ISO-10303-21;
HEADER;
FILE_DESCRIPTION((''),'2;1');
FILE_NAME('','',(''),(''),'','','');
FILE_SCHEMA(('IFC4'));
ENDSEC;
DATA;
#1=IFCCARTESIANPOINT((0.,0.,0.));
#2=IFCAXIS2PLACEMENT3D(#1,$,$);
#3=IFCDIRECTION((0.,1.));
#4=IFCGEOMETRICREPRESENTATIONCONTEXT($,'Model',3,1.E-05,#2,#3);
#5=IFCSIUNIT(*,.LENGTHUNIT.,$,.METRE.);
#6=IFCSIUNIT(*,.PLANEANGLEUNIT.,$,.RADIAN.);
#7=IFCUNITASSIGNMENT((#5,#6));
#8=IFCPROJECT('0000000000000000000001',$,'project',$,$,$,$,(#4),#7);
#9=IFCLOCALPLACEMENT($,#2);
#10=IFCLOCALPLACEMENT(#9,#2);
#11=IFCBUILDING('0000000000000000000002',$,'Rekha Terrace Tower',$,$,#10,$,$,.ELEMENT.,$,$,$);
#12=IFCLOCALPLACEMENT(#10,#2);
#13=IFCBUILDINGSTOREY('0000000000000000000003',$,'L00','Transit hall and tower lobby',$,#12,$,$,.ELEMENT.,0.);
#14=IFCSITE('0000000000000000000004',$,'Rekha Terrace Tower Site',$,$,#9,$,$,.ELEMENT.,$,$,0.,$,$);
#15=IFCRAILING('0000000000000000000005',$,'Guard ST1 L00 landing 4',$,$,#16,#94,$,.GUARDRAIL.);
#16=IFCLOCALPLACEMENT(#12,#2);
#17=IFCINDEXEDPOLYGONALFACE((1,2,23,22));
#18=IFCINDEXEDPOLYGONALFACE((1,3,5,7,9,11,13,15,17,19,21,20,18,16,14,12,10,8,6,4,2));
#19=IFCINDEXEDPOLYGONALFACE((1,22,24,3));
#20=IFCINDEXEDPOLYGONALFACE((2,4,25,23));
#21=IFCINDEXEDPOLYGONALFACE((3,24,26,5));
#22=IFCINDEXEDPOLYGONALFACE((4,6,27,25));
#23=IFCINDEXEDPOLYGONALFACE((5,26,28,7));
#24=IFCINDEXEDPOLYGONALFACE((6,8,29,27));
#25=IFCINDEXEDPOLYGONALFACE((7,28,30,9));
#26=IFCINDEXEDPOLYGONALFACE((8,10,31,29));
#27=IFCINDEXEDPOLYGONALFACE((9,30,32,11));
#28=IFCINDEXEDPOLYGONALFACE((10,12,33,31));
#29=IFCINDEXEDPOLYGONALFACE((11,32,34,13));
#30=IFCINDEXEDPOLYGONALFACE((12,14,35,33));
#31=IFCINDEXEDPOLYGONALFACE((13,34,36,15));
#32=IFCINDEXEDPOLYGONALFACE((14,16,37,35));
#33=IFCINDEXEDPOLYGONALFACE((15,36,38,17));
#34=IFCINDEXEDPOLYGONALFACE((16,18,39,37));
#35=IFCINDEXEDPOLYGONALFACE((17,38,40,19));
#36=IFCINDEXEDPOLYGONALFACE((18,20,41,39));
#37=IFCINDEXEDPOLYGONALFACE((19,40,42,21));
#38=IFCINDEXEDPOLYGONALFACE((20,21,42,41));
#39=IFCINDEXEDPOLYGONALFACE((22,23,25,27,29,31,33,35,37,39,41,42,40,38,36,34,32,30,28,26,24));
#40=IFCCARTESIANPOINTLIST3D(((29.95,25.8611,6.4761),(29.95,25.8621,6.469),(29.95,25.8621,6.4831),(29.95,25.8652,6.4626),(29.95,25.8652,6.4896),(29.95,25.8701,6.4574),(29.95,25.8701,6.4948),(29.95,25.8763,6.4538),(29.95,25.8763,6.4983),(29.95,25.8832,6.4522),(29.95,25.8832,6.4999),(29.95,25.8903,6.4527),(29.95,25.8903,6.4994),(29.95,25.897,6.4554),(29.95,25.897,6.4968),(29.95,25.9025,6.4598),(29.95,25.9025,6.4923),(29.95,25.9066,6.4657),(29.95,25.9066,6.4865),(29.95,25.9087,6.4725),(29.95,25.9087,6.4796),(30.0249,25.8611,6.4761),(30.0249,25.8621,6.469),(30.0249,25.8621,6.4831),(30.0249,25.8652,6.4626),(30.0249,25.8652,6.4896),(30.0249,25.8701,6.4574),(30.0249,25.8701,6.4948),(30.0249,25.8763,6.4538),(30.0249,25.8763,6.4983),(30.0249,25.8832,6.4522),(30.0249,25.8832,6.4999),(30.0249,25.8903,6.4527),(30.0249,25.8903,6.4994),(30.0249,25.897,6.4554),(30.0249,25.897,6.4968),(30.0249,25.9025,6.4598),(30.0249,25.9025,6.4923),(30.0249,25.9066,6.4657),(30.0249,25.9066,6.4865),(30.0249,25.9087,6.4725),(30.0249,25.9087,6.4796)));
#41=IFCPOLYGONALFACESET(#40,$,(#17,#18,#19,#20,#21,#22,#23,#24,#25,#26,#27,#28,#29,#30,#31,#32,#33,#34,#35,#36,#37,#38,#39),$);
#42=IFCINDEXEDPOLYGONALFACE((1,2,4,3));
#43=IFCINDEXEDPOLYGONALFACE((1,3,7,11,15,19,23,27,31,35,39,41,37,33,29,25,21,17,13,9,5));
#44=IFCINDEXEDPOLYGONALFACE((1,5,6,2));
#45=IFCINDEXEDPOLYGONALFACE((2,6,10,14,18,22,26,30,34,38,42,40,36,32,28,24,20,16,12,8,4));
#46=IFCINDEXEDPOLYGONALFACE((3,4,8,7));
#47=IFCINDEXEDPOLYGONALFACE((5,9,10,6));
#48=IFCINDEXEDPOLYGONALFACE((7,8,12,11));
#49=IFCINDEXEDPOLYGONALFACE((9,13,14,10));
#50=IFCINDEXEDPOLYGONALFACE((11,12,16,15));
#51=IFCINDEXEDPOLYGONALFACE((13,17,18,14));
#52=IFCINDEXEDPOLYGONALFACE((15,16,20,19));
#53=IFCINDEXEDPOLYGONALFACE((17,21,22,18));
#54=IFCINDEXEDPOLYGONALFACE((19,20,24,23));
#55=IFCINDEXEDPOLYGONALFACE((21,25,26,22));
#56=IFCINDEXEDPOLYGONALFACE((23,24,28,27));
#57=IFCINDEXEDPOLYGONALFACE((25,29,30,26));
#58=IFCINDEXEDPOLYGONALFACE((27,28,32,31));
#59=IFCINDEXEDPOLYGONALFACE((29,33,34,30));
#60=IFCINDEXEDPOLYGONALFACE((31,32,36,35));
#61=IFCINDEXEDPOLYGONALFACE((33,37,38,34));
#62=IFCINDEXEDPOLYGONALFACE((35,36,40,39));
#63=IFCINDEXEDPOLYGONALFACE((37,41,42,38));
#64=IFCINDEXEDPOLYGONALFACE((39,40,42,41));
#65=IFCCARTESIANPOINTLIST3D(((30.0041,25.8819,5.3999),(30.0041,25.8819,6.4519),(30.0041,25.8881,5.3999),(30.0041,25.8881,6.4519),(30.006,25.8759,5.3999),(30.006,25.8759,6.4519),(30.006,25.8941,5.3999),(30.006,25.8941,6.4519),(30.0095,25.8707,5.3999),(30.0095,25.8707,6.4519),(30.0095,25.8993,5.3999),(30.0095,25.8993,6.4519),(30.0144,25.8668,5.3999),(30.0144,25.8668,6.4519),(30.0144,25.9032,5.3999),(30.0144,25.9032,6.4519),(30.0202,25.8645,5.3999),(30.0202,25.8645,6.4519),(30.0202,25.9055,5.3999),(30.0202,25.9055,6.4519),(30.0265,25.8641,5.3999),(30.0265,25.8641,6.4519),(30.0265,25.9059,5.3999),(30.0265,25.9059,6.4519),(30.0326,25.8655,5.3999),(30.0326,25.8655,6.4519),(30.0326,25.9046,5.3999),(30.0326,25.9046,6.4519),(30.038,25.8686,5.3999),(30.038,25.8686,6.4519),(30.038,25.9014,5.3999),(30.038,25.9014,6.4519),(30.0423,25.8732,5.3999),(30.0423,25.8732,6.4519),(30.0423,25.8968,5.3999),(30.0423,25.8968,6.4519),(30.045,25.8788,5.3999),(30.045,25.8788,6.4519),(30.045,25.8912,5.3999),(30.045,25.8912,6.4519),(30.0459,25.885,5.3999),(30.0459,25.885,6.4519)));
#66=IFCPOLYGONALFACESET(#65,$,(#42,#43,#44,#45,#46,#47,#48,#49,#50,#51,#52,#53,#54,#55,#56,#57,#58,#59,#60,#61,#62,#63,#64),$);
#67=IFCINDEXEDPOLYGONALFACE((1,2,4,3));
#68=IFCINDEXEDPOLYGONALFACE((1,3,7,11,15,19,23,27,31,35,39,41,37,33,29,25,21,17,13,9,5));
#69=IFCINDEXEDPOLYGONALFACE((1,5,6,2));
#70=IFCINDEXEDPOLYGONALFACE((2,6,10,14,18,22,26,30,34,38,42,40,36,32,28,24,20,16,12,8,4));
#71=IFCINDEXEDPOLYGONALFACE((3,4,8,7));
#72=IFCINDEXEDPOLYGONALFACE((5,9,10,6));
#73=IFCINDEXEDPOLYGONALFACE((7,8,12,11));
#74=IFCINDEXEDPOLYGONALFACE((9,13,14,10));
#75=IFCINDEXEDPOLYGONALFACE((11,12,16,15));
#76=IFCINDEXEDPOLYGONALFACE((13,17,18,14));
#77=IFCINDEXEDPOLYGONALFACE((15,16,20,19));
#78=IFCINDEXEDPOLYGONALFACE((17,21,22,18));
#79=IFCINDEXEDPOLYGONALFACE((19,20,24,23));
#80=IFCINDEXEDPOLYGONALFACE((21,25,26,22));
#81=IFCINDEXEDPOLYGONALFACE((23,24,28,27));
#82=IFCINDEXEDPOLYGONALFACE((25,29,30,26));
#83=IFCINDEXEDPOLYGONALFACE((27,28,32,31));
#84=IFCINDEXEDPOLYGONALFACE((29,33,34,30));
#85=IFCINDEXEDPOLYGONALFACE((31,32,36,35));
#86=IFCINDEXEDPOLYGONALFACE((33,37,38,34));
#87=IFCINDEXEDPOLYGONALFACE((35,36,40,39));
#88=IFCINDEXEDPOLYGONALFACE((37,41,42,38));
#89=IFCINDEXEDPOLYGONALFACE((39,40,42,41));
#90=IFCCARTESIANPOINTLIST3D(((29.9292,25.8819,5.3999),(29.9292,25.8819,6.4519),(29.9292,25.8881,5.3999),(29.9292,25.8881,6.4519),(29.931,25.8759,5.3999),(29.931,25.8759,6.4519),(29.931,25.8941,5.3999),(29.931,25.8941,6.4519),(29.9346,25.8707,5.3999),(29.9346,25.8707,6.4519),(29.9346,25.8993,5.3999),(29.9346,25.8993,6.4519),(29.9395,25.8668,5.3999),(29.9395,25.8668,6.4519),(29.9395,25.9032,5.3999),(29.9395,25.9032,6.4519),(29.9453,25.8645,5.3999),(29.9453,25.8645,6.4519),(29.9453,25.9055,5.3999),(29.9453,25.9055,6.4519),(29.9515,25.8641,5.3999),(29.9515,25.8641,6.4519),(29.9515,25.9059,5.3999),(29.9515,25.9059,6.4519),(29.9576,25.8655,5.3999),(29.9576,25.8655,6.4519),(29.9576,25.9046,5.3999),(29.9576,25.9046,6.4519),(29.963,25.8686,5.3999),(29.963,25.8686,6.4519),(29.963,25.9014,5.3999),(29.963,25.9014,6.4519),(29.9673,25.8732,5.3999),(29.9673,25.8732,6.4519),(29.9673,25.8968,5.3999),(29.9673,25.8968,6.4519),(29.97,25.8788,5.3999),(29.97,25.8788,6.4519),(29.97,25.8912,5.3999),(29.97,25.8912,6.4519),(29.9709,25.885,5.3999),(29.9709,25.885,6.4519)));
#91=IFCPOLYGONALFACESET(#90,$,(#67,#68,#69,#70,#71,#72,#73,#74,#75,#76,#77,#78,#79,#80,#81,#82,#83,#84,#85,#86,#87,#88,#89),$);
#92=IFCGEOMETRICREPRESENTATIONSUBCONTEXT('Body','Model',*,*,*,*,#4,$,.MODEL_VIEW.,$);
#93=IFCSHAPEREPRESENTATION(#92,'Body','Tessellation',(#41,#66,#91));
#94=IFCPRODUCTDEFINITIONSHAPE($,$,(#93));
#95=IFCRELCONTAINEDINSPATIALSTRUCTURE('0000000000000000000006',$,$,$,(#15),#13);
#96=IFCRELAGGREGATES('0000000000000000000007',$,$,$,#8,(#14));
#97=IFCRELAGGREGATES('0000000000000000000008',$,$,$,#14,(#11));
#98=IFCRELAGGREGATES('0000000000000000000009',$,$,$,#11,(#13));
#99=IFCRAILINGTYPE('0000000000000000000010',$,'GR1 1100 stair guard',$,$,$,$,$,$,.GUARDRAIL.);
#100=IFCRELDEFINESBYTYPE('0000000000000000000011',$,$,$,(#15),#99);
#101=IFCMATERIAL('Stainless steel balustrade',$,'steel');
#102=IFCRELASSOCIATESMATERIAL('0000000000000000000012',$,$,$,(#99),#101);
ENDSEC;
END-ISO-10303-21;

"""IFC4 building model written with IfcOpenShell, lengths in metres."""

from ifc_helpers import new_model, si_unit, direction, frame, origin, origin_2d, place, context, subcontext, project, spatial, circle, extrude, material, type_object, element, save


model = new_model("IFC4")

# Units and contexts
model_context = context("Model", 3, precision=1e-05, world=origin(), true_north=direction((0.0, 1.0)))
body_context = subcontext(model_context, "Body", "Model", "MODEL_VIEW")
ifc_project = project(units=[si_unit("LENGTHUNIT", "METRE"), si_unit("PLANEANGLEUNIT", "RADIAN")], contexts=[model_context])

# Site, building, storey
site_placement = place(None, origin())
site = spatial("IfcSite", under=ifc_project, at=site_placement, Name="Rekha Terrace Tower Site", CompositionType="ELEMENT", RefElevation=0.0)
building_placement = place(site_placement, origin())
building = spatial("IfcBuilding", under=site, at=building_placement, Name="Rekha Terrace Tower", CompositionType="ELEMENT")
storey_placement = place(building_placement, origin())
storey = spatial("IfcBuildingStorey", under=building, at=storey_placement, Name="L00", Description="Transit hall and tower lobby", CompositionType="ELEMENT", Elevation=0.0)

# Railing
ifc_material_1 = material(Name="Stainless steel balustrade", Category="steel")
railing_type_1 = type_object("IfcRailingType", Name="GR1 1100 stair guard", PredefinedType="GUARDRAIL", material=ifc_material_1)
railing_1_placement = place(storey_placement, frame((30.0249, 25.885, 5.3999)))
element("IfcRailing", 1, at=railing_1_placement, inside=storey, type_object=railing_type_1, Name="Guard ST1 L00 landing 4", PredefinedType="GUARDRAIL", context=body_context, shape_type="SweptSolid", body=[
    extrude(circle(Radius=0.0239, at=origin_2d()), frame((0.0, 0.0, 1.0762), z_axis=(-1.0, 0.0, 0.0), x_axis=(0.0, -1.0, 0.0)), (0.0, 0.0, 1.0), 0.075),
    extrude(circle(Radius=0.021, at=origin_2d()), origin(), (0.0, 0.0, 1.0), 1.052),
    extrude(circle(Radius=0.021, at=origin_2d()), frame((-0.075, 0.0, 0.0)), (0.0, 0.0, 1.0), 1.052),
])

save(model, "model.ifc")
